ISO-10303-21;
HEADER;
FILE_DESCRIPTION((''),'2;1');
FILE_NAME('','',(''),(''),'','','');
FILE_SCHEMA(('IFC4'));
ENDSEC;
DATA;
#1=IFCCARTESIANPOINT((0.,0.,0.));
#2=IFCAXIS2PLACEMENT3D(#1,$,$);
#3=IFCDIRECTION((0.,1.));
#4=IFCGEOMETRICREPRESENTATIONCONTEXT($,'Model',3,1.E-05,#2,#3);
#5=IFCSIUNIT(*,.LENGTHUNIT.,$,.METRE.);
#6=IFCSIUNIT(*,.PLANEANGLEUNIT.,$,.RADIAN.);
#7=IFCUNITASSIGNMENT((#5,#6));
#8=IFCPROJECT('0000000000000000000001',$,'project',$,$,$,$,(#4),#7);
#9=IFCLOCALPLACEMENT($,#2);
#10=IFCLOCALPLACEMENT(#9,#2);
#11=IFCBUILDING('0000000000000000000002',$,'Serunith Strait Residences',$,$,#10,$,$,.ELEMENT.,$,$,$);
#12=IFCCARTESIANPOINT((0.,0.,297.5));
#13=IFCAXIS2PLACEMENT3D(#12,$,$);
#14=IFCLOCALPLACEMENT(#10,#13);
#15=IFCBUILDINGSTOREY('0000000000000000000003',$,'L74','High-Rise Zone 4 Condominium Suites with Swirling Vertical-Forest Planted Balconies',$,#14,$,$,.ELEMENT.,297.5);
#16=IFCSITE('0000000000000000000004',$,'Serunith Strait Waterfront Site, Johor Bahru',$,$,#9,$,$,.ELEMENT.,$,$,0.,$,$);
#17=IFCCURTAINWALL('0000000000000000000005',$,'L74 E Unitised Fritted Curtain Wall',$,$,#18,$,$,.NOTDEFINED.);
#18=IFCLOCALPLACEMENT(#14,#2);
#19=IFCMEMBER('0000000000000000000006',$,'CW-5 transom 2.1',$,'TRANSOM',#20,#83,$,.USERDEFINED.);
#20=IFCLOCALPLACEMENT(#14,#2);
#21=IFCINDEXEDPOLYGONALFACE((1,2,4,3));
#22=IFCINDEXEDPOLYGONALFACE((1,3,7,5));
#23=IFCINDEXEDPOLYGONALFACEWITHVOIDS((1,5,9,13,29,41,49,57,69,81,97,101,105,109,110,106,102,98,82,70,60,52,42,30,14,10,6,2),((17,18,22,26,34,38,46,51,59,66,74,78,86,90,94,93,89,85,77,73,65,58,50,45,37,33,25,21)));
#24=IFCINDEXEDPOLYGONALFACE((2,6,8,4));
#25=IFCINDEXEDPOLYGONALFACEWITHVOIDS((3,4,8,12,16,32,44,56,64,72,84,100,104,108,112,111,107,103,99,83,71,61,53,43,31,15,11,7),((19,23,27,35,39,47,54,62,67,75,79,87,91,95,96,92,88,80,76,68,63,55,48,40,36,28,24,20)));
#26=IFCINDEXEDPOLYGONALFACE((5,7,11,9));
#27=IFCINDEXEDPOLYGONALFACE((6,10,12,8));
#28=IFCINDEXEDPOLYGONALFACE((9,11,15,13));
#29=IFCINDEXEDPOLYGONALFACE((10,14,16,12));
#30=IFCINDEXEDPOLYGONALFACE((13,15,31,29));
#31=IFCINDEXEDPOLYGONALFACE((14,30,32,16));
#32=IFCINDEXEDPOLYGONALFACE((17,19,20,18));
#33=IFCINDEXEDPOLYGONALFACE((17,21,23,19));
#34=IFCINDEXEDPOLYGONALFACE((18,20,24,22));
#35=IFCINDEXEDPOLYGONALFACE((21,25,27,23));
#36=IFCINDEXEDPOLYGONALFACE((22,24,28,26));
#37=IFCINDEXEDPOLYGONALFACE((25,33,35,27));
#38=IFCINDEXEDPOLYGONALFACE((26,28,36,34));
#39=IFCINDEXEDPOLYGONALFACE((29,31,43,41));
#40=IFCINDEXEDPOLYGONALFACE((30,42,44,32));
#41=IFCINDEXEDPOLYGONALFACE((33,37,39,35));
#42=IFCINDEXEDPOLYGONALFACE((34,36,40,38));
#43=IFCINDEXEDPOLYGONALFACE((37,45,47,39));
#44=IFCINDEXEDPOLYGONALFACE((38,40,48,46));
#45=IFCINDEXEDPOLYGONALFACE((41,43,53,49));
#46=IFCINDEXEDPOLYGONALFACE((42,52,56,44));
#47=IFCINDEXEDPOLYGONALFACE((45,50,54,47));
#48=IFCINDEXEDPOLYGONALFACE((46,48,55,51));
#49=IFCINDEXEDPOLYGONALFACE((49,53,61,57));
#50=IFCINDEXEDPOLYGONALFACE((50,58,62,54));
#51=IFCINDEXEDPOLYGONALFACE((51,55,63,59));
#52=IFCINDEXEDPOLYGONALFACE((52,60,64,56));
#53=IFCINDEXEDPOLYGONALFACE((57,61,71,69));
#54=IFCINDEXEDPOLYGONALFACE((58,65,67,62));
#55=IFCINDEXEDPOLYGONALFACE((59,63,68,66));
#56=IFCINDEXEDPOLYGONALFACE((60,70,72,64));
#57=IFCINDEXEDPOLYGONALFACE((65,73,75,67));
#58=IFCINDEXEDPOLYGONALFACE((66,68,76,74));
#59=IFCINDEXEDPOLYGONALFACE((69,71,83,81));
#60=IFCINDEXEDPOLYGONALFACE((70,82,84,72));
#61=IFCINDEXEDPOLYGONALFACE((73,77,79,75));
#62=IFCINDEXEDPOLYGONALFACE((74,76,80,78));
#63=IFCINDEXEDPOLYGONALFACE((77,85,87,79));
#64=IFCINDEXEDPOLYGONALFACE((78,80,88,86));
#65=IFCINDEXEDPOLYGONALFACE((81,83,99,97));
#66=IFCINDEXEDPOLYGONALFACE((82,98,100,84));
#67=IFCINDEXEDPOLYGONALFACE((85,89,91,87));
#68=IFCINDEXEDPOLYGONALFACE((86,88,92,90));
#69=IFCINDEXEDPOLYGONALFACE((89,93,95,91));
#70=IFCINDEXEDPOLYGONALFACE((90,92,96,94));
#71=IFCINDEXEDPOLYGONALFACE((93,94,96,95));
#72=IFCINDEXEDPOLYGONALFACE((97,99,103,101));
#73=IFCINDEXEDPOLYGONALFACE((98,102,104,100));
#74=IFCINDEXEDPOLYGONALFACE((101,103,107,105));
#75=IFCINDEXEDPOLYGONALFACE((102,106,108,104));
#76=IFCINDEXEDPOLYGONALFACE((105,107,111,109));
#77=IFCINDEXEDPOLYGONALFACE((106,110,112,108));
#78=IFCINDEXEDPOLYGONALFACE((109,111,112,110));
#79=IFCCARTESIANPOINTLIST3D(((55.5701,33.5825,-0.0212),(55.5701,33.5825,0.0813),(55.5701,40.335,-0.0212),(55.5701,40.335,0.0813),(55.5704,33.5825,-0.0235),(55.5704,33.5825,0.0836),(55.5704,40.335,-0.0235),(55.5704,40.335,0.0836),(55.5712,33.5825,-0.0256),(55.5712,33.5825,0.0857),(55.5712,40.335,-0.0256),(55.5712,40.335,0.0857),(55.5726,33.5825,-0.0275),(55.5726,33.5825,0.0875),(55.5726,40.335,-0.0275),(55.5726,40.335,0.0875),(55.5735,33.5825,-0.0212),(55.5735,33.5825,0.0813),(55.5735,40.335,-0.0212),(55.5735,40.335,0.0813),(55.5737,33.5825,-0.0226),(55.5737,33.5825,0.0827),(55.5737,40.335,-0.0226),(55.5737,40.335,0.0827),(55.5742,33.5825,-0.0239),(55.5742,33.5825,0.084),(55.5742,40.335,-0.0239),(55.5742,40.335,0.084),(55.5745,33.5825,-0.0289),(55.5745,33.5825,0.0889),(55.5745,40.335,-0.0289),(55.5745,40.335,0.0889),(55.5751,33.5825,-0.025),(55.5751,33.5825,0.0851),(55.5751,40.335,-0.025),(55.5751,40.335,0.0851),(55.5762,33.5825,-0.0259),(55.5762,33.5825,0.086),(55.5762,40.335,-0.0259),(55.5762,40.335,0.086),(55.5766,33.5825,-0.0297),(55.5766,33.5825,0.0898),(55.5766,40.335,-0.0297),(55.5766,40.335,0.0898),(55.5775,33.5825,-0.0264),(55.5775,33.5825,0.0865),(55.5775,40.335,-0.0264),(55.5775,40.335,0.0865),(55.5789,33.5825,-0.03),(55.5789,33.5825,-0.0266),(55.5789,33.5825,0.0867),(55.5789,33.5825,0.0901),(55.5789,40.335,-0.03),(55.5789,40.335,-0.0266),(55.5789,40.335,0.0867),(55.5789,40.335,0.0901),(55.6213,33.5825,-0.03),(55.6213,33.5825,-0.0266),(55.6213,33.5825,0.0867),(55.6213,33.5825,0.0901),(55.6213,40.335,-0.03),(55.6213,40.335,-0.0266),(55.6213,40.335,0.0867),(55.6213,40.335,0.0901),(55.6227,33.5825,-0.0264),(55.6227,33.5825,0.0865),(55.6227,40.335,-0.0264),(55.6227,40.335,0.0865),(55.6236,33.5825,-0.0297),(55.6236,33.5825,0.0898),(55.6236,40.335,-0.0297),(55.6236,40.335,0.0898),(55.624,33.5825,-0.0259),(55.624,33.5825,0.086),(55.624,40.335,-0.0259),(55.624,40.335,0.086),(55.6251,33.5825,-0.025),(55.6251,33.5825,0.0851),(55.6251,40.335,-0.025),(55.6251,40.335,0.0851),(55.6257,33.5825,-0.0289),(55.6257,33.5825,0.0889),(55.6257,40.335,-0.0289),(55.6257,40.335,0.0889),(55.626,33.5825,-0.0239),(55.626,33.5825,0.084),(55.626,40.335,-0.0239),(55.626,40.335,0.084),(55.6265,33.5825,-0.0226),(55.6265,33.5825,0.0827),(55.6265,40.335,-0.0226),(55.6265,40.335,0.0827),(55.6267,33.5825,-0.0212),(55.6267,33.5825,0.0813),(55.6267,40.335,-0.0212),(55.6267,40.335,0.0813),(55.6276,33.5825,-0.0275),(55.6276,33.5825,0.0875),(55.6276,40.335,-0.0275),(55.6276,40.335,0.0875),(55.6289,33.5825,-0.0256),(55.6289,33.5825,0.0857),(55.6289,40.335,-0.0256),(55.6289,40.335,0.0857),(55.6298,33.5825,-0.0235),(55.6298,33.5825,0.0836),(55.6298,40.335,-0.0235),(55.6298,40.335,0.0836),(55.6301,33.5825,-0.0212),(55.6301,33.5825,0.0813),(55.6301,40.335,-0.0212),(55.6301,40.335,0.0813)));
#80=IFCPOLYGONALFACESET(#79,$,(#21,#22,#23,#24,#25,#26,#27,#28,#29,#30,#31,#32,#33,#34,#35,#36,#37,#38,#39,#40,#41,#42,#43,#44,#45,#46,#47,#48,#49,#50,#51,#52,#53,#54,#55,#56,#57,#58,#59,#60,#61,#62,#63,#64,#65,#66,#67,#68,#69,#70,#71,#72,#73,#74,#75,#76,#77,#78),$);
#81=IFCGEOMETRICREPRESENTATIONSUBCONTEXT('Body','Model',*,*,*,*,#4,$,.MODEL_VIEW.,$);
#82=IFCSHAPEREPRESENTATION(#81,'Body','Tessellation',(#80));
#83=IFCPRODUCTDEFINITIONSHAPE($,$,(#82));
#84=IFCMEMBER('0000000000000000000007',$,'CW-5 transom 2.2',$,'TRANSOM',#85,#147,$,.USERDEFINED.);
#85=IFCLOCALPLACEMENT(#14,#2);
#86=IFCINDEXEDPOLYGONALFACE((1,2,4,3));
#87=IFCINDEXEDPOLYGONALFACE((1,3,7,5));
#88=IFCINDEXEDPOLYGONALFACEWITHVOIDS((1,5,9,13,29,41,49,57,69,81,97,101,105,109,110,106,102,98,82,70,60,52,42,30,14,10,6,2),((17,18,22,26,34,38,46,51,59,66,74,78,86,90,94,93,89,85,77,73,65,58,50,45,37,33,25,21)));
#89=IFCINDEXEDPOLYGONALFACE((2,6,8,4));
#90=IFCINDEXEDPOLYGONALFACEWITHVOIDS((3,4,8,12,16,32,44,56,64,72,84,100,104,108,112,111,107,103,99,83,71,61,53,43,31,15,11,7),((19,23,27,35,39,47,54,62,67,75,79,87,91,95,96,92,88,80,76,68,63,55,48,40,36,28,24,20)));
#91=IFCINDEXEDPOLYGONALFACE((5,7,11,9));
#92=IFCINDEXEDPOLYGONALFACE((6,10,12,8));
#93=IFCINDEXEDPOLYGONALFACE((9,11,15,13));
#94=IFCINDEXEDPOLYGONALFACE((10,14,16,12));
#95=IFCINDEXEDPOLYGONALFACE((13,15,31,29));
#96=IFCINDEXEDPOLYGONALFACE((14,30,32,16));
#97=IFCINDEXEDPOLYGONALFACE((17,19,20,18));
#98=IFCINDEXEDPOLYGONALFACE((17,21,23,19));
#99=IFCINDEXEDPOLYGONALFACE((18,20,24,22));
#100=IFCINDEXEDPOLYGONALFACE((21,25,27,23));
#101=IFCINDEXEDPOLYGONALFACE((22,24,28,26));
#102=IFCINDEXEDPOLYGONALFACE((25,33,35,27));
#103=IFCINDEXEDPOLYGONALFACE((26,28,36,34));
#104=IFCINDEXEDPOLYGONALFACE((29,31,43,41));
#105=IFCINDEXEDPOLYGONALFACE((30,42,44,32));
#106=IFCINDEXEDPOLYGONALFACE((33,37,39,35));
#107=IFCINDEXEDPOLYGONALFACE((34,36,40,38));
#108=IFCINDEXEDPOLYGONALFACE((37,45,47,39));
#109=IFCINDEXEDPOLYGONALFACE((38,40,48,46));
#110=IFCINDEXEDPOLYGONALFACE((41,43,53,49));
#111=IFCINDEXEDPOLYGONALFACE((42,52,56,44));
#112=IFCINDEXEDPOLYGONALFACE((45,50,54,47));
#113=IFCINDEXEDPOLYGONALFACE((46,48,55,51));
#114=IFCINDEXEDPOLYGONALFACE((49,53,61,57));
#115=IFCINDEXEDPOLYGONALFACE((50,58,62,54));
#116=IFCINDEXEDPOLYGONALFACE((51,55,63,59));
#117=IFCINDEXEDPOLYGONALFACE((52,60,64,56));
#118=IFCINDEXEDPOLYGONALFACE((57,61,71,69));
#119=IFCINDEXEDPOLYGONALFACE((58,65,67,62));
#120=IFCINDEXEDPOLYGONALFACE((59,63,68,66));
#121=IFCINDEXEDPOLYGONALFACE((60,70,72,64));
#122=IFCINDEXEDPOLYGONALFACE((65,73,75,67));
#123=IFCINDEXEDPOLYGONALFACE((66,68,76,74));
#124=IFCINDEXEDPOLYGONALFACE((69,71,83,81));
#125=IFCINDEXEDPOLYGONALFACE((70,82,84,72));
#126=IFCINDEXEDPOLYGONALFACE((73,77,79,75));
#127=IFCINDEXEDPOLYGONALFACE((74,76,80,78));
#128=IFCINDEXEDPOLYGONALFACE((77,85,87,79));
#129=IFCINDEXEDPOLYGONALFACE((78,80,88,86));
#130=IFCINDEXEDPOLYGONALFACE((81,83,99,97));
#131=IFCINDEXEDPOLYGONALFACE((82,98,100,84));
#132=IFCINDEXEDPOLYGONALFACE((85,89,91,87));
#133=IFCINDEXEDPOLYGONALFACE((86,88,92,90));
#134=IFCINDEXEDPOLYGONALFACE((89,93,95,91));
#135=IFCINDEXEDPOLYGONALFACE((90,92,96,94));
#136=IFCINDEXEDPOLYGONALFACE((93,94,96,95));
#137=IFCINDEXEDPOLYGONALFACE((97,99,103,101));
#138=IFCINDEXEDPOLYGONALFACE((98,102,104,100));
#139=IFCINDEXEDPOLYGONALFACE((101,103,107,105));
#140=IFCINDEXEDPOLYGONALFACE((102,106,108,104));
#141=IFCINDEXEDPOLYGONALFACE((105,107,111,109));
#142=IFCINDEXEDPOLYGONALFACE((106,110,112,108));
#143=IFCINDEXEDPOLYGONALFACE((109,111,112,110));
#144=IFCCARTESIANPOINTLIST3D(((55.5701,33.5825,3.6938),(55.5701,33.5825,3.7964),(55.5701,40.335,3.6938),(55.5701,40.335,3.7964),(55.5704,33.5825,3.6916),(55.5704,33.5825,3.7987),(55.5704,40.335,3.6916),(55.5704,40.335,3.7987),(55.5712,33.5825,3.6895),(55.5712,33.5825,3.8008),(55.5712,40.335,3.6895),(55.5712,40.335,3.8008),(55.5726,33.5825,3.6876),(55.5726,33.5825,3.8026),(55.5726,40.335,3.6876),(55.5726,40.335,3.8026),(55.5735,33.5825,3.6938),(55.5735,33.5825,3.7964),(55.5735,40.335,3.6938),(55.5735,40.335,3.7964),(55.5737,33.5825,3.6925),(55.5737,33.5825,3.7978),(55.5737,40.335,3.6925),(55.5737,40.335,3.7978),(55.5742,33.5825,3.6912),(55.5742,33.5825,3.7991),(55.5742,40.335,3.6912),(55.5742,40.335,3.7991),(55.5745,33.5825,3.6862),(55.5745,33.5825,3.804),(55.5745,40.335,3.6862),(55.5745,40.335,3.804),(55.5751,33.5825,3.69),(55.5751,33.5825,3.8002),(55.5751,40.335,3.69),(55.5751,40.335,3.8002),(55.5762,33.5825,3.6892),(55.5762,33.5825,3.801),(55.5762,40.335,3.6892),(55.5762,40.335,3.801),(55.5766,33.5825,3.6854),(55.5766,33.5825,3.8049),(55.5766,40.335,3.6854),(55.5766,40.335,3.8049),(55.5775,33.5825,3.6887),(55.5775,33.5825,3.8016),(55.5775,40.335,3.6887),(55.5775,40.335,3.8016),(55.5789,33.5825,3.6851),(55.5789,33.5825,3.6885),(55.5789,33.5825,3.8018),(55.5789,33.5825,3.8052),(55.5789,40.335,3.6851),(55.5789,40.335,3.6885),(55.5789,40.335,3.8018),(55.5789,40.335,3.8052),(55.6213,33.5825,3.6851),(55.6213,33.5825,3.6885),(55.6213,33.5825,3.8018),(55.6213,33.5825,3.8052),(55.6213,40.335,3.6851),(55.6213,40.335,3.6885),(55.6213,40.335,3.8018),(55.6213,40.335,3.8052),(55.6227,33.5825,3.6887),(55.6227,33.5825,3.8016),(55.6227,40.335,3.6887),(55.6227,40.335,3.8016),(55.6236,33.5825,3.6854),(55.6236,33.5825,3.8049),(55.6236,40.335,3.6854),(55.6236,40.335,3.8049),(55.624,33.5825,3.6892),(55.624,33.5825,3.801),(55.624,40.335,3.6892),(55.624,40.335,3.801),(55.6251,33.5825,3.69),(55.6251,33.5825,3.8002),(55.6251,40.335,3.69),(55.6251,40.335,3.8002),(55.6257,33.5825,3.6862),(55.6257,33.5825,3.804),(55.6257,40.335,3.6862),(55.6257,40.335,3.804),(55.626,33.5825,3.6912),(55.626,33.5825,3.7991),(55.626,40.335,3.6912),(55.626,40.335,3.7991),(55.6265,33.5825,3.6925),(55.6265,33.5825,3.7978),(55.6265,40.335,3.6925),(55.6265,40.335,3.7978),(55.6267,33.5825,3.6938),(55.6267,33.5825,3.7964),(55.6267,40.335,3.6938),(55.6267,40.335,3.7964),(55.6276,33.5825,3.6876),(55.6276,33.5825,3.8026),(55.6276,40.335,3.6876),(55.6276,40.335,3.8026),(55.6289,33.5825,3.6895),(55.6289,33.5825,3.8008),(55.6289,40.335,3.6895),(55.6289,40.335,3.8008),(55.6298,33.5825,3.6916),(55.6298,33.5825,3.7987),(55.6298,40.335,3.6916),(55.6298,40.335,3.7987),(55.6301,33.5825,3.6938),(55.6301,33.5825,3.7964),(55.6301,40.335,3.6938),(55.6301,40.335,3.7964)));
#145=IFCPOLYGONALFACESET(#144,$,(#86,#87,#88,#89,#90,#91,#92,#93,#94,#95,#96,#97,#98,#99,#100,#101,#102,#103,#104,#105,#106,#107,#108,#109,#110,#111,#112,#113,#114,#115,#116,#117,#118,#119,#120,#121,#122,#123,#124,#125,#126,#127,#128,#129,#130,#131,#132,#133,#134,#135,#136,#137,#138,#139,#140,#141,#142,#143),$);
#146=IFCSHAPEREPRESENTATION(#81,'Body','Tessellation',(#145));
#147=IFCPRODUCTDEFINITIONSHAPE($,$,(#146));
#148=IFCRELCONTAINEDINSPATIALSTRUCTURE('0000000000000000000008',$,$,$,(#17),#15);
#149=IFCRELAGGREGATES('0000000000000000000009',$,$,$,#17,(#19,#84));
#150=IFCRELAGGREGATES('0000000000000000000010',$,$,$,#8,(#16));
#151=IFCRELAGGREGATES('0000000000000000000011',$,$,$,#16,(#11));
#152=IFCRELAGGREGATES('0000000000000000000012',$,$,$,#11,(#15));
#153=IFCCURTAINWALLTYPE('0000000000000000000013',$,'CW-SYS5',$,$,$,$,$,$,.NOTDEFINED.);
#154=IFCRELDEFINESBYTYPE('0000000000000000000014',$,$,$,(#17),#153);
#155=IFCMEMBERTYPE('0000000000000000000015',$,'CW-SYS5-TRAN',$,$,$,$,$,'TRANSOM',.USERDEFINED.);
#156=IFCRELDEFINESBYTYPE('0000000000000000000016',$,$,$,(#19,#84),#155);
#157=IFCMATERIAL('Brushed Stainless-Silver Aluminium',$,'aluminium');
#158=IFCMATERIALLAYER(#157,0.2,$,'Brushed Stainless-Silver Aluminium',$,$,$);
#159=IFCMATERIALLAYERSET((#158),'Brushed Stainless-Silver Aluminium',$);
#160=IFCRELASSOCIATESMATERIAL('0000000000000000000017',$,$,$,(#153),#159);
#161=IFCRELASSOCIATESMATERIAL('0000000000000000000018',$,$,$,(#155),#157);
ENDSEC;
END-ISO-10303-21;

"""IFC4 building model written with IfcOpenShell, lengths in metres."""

from ifc_helpers import new_model, si_unit, direction, frame, origin, origin_2d, place, context, subcontext, project, spatial, hollow_rectangle, extrude, source, transform, mapped, material, layer, layer_set, material_profile, profile_set, type_object, element, aggregate, save


model = new_model("IFC4")

# Units and contexts
model_context = context("Model", 3, precision=1e-05, world=origin(), true_north=direction((0.0, 1.0)))
body_context = subcontext(model_context, "Body", "Model", "MODEL_VIEW")
ifc_project = project(units=[si_unit("LENGTHUNIT", "METRE"), si_unit("PLANEANGLEUNIT", "RADIAN")], contexts=[model_context])

# Site, building, storey
site_placement = place(None, origin())
site = spatial("IfcSite", under=ifc_project, at=site_placement, Name="Serunith Strait Waterfront Site, Johor Bahru", CompositionType="ELEMENT", RefElevation=0.0)
building_placement = place(site_placement, origin())
building = spatial("IfcBuilding", under=site, at=building_placement, Name="Serunith Strait Residences", CompositionType="ELEMENT")
storey_placement = place(building_placement, frame((0.0, 0.0, 297.5)))
storey = spatial("IfcBuildingStorey", under=building, at=storey_placement, Name="L74", Description="High-Rise Zone 4 Condominium Suites with Swirling Vertical-Forest Planted Balconies", CompositionType="ELEMENT", Elevation=297.5)

# Curtain wall, members
ifc_material_1 = material(Name="Brushed Stainless-Silver Aluminium", Category="aluminium")
ifc_layer_1 = layer(ifc_material_1, 0.2, Name="Brushed Stainless-Silver Aluminium")
ifc_layer_set_1 = layer_set([ifc_layer_1], Name="Brushed Stainless-Silver Aluminium")
curtain_wall_type = type_object("IfcCurtainWallType", Name="CW-SYS5", PredefinedType="NOTDEFINED", material=ifc_layer_set_1)
curtain_wall_1_placement = place(storey_placement, origin())
curtain_wall_1 = element("IfcCurtainWall", 1, at=curtain_wall_1_placement, inside=storey, type_object=curtain_wall_type, Name="L74 E Unitised Fritted Curtain Wall", PredefinedType="NOTDEFINED")
ifc_material_profile_1 = material_profile(ifc_material_1, hollow_rectangle(XDim=0.0601, YDim=0.1201, WallThickness=0.0034, InnerFilletRadius=0.0054, OuterFilletRadius=0.0088, at=origin_2d()), Name="ALU 120x60x3.5")
ifc_profile_set_1 = profile_set([ifc_material_profile_1], Name="Brushed Stainless-Silver Aluminium")
member_type_1 = type_object("IfcMemberType", Name="CW-SYS5-TRAN", ElementType="TRANSOM", PredefinedType="USERDEFINED", material=ifc_profile_set_1)
shared_shape_1 = source(origin(), body_context, "Body", "SweptSolid", [
    extrude(hollow_rectangle(XDim=0.0601, YDim=0.1201, WallThickness=0.0034, InnerFilletRadius=0.0054, OuterFilletRadius=0.0088, at=origin_2d()), origin(), (0.0, 0.0, 1.0), 6.7524),
])
member_1_placement = place(storey_placement, frame((55.6001, 33.5825, 0.03), z_axis=(0.0, 1.0, 0.0), x_axis=(-1.0, 0.0, 0.0)))
member_1 = element("IfcMember", 2, at=member_1_placement, type_object=member_type_1, Name="CW-5 transom 2.1", ObjectType="TRANSOM", PredefinedType="USERDEFINED", context=body_context, shape_type="MappedRepresentation", body=[
    mapped(shared_shape_1, transform((0.0, 0.0, 0.0), scale=1.0)),
])
member_2_placement = place(storey_placement, frame((55.6001, 33.5825, 3.7451), z_axis=(0.0, 1.0, 0.0), x_axis=(-1.0, 0.0, 0.0)))
member_2 = element("IfcMember", 3, at=member_2_placement, type_object=member_type_1, Name="CW-5 transom 2.2", ObjectType="TRANSOM", PredefinedType="USERDEFINED", context=body_context, shape_type="MappedRepresentation", body=[
    mapped(shared_shape_1, transform((0.0, 0.0, 0.0), scale=1.0)),
])

aggregate(curtain_wall_1, [member_1, member_2])

save(model, "model.ifc")
